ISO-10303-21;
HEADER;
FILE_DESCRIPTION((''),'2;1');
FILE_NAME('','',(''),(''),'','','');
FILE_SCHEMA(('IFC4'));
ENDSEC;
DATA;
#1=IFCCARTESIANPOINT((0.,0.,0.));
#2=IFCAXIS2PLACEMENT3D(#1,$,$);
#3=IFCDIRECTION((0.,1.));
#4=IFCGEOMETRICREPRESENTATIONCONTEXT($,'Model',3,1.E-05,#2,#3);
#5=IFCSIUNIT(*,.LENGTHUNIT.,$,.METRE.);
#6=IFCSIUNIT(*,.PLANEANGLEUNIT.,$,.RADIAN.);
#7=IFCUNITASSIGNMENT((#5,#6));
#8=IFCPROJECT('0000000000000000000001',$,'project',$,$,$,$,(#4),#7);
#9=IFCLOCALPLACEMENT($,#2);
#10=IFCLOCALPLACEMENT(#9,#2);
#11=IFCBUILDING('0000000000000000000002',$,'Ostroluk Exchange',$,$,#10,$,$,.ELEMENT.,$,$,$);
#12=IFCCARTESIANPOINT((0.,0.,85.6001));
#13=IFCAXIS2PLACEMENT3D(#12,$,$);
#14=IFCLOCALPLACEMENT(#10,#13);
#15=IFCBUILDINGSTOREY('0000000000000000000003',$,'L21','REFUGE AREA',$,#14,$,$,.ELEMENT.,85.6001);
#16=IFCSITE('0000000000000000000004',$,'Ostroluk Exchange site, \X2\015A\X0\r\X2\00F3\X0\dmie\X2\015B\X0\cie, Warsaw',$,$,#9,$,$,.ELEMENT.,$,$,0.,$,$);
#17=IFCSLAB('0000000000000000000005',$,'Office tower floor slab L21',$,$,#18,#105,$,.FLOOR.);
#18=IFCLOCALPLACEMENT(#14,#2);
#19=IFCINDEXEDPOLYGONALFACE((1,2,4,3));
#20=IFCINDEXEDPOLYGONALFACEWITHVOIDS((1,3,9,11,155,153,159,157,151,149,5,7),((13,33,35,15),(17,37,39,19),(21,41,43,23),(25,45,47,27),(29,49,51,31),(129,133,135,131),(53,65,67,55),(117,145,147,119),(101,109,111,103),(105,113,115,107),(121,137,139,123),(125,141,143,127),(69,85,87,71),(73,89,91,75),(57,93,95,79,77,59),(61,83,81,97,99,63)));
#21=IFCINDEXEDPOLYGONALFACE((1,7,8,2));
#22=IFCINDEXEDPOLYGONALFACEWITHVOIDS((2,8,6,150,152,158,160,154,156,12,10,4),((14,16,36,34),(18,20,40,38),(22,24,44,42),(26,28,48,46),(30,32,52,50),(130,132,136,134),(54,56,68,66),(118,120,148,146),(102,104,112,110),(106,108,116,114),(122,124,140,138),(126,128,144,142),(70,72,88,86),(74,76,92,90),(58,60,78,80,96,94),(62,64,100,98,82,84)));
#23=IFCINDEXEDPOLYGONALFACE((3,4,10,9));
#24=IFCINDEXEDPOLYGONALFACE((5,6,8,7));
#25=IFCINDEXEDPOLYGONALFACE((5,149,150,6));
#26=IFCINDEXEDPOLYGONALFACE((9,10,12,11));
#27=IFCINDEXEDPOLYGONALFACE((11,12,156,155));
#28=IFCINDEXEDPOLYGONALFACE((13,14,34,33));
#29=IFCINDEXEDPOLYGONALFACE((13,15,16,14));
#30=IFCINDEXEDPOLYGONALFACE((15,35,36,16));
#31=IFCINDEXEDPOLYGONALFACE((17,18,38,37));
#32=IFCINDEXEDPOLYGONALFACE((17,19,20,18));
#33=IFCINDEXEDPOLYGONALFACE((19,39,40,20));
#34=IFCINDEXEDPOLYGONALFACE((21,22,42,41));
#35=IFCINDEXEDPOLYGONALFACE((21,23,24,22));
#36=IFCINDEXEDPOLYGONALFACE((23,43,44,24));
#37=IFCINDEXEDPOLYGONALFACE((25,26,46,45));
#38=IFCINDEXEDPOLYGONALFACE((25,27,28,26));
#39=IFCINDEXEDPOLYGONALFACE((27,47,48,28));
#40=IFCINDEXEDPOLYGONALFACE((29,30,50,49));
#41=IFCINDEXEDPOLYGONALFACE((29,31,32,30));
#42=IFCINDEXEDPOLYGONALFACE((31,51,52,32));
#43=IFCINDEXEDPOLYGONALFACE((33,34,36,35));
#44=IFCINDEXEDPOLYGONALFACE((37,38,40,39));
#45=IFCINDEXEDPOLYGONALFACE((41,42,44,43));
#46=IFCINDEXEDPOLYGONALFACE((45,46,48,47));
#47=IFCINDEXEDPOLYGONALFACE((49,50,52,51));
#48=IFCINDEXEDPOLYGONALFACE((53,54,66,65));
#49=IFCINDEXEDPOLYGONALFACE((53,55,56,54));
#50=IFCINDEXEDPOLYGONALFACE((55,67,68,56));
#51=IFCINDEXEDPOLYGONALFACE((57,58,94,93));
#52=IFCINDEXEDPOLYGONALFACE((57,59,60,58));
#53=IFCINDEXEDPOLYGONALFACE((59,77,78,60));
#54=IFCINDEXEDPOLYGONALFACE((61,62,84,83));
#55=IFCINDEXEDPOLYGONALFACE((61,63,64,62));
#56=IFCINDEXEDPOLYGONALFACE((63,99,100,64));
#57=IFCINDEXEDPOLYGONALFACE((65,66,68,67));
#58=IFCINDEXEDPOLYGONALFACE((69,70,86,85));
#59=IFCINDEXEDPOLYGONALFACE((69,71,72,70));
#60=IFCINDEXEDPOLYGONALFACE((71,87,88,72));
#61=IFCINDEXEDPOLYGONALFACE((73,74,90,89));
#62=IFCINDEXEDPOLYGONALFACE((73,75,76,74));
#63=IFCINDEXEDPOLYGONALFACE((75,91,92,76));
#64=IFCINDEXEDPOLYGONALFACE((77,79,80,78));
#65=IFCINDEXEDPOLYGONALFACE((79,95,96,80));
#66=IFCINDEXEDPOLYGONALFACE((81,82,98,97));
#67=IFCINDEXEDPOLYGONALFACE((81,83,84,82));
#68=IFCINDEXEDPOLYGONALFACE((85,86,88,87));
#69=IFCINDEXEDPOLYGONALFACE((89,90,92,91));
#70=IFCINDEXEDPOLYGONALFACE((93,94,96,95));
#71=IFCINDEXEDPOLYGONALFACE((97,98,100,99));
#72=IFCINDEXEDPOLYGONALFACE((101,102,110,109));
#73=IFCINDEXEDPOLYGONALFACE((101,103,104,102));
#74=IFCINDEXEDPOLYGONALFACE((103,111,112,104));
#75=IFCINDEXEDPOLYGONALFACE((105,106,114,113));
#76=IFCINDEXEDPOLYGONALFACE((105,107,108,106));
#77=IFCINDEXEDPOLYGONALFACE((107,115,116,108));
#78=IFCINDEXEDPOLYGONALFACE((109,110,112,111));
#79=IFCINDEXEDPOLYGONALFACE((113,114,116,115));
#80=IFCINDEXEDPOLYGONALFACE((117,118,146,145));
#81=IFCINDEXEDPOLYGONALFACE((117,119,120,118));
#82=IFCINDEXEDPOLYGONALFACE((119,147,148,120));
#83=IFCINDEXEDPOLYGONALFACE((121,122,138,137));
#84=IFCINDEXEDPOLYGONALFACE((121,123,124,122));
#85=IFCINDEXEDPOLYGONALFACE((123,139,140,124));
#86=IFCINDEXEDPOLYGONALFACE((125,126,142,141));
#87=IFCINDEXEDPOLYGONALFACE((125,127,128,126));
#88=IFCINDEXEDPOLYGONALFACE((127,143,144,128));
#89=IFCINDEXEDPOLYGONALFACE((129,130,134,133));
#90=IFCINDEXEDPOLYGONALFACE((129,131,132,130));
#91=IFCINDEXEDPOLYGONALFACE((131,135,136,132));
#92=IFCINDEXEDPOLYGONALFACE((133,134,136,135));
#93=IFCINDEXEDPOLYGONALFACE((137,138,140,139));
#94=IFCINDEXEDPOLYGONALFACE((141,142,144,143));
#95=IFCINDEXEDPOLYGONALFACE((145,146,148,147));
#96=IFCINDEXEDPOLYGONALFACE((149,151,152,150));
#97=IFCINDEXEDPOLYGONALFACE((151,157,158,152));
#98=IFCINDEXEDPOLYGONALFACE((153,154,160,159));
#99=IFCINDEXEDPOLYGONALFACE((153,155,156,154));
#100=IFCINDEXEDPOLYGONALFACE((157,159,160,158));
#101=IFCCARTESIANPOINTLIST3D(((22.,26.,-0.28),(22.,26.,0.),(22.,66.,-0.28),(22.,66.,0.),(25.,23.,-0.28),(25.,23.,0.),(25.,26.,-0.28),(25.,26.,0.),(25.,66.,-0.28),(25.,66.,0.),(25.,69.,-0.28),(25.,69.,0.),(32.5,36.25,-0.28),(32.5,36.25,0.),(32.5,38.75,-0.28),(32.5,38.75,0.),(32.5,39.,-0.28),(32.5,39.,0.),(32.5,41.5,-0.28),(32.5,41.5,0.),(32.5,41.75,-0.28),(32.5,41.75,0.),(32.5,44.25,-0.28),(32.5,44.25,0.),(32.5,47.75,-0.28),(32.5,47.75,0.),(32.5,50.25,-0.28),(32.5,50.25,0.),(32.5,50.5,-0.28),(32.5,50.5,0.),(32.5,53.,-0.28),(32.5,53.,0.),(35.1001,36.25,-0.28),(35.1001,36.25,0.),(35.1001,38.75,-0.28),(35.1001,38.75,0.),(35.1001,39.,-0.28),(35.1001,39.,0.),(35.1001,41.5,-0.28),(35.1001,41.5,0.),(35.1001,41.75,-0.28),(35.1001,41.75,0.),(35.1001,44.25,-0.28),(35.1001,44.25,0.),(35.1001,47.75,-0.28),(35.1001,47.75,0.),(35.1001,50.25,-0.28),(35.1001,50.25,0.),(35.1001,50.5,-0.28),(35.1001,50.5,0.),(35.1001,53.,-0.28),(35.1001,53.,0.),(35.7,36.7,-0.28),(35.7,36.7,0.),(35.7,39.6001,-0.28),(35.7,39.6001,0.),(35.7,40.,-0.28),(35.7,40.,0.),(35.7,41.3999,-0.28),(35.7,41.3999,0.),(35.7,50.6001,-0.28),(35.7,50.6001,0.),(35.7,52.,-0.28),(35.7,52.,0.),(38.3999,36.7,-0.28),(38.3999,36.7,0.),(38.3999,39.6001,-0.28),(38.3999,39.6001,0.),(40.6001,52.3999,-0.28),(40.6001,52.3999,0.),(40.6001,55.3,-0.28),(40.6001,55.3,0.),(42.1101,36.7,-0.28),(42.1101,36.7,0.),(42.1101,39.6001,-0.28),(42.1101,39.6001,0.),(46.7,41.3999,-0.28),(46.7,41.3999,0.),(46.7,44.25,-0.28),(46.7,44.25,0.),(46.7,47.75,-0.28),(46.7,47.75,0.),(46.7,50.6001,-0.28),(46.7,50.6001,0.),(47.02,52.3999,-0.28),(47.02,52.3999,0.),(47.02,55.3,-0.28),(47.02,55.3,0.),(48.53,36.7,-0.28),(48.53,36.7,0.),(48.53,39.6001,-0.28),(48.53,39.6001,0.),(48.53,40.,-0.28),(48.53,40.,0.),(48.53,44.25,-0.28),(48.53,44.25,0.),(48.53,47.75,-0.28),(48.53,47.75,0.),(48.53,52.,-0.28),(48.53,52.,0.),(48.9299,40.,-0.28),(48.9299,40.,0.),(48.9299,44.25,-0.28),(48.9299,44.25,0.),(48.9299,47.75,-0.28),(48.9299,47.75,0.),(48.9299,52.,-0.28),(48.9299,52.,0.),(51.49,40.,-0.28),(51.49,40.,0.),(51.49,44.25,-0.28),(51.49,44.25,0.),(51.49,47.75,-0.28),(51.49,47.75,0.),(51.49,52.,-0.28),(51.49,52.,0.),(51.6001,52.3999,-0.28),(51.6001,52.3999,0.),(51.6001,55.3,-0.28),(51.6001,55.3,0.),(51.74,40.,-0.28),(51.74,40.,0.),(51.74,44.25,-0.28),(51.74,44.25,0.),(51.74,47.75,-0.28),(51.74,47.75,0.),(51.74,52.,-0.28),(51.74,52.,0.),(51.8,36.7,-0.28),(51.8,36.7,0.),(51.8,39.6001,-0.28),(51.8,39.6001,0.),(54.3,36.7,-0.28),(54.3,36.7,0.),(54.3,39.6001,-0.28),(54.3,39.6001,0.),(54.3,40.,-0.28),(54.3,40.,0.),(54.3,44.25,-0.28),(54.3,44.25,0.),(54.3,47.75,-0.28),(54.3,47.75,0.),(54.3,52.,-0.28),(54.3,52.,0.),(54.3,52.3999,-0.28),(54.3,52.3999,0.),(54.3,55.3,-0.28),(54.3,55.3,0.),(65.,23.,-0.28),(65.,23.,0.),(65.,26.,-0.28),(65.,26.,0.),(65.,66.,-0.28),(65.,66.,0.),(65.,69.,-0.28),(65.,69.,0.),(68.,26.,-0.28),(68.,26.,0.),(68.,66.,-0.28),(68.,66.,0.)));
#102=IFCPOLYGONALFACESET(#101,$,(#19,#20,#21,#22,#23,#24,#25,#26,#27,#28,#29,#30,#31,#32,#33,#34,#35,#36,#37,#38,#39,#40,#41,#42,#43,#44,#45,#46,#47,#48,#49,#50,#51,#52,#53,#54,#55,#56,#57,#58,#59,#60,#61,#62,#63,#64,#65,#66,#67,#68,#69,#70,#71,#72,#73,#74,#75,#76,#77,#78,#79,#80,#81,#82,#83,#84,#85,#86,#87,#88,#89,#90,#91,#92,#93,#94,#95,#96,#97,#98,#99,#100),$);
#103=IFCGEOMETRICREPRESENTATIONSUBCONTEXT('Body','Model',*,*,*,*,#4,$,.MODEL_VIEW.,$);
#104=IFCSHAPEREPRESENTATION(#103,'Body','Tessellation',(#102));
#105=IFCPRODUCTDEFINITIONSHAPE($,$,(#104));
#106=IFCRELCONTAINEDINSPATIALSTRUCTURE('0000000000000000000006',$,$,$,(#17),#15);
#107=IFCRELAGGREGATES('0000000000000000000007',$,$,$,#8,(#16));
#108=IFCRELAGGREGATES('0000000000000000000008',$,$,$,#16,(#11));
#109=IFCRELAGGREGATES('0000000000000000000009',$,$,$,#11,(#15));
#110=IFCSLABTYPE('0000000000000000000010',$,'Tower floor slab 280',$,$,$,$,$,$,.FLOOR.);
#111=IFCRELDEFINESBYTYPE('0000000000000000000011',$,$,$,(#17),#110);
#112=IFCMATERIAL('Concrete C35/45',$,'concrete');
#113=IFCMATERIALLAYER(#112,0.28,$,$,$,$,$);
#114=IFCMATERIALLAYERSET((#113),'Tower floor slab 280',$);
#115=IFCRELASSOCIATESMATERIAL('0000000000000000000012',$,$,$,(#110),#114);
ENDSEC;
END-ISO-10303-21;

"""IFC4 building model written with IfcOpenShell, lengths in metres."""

from ifc_helpers import new_model, si_unit, direction, frame, origin, place, context, subcontext, project, spatial, polyline, outline, extrude, material, layer, layer_set, type_object, element, save


model = new_model("IFC4")

# Units and contexts
model_context = context("Model", 3, precision=1e-05, world=origin(), true_north=direction((0.0, 1.0)))
body_context = subcontext(model_context, "Body", "Model", "MODEL_VIEW")
ifc_project = project(units=[si_unit("LENGTHUNIT", "METRE"), si_unit("PLANEANGLEUNIT", "RADIAN")], contexts=[model_context])

# Site, building, storey
site_placement = place(None, origin())
site = spatial("IfcSite", under=ifc_project, at=site_placement, Name="Ostroluk Exchange site, Śródmieście, Warsaw", CompositionType="ELEMENT", RefElevation=0.0)
building_placement = place(site_placement, origin())
building = spatial("IfcBuilding", under=site, at=building_placement, Name="Ostroluk Exchange", CompositionType="ELEMENT")
storey_placement = place(building_placement, frame((0.0, 0.0, 85.6001)))
storey = spatial("IfcBuildingStorey", under=building, at=storey_placement, Name="L21", Description="REFUGE AREA", CompositionType="ELEMENT", Elevation=85.6001)

# Slab
ifc_material_1 = material(Name="Concrete C35/45", Category="concrete")
ifc_layer_1 = layer(ifc_material_1, 0.28)
ifc_layer_set_1 = layer_set([ifc_layer_1], Name="Tower floor slab 280")
slab_type_1 = type_object("IfcSlabType", Name="Tower floor slab 280", PredefinedType="FLOOR", material=ifc_layer_set_1)
slab_1_placement = place(storey_placement, frame((0.0, 0.0, -0.28)))
element("IfcSlab", 1, at=slab_1_placement, inside=storey, type_object=slab_type_1, Name="Office tower floor slab L21", PredefinedType="FLOOR", context=body_context, shape_type="SweptSolid", body=[
    extrude(outline(polyline([(25.0, 23.0), (65.0, 23.0), (65.0, 26.0), (68.0, 26.0), (68.0, 66.0), (65.0, 66.0), (65.0, 69.0), (25.0, 69.0), (25.0, 66.0), (22.0, 66.0), (22.0, 26.0), (25.0, 26.0), (25.0, 23.0)]), holes=[polyline([(35.7, 36.7), (38.3999, 36.7), (38.3999, 39.6001), (35.7, 39.6001), (35.7, 36.7)]), polyline([(42.1101, 36.7), (48.53, 36.7), (48.53, 39.6001), (42.1101, 39.6001), (42.1101, 36.7)]), polyline([(51.8, 36.7), (54.3, 36.7), (54.3, 39.6001), (51.8, 39.6001), (51.8, 36.7)]), polyline([(40.6001, 52.3999), (47.02, 52.3999), (47.02, 55.3), (40.6001, 55.3), (40.6001, 52.3999)]), polyline([(51.6001, 52.3999), (54.3, 52.3999), (54.3, 55.3), (51.6001, 55.3), (51.6001, 52.3999)]), polyline([(48.9299, 47.75), (51.49, 47.75), (51.49, 52.0), (48.9299, 52.0), (48.9299, 47.75)]), polyline([(51.74, 47.75), (54.3, 47.75), (54.3, 52.0), (51.74, 52.0), (51.74, 47.75)]), polyline([(48.9299, 40.0), (51.49, 40.0), (51.49, 44.25), (48.9299, 44.25), (48.9299, 40.0)]), polyline([(51.74, 40.0), (54.3, 40.0), (54.3, 44.25), (51.74, 44.25), (51.74, 40.0)]), polyline([(48.53, 52.0), (48.53, 47.75), (46.7, 47.75), (46.7, 50.6001), (35.7, 50.6001), (35.7, 52.0), (48.53, 52.0)]), polyline([(35.7, 40.0), (35.7, 41.3999), (46.7, 41.3999), (46.7, 44.25), (48.53, 44.25), (48.53, 40.0), (35.7, 40.0)]), polyline([(32.5, 36.25), (35.1001, 36.25), (35.1001, 38.75), (32.5, 38.75), (32.5, 36.25)]), polyline([(32.5, 39.0), (35.1001, 39.0), (35.1001, 41.5), (32.5, 41.5), (32.5, 39.0)]), polyline([(32.5, 41.75), (35.1001, 41.75), (35.1001, 44.25), (32.5, 44.25), (32.5, 41.75)]), polyline([(32.5, 47.75), (35.1001, 47.75), (35.1001, 50.25), (32.5, 50.25), (32.5, 47.75)]), polyline([(32.5, 50.5), (35.1001, 50.5), (35.1001, 53.0), (32.5, 53.0), (32.5, 50.5)])]), origin(), (0.0, 0.0, 1.0), 0.28),
])

save(model, "model.ifc")
